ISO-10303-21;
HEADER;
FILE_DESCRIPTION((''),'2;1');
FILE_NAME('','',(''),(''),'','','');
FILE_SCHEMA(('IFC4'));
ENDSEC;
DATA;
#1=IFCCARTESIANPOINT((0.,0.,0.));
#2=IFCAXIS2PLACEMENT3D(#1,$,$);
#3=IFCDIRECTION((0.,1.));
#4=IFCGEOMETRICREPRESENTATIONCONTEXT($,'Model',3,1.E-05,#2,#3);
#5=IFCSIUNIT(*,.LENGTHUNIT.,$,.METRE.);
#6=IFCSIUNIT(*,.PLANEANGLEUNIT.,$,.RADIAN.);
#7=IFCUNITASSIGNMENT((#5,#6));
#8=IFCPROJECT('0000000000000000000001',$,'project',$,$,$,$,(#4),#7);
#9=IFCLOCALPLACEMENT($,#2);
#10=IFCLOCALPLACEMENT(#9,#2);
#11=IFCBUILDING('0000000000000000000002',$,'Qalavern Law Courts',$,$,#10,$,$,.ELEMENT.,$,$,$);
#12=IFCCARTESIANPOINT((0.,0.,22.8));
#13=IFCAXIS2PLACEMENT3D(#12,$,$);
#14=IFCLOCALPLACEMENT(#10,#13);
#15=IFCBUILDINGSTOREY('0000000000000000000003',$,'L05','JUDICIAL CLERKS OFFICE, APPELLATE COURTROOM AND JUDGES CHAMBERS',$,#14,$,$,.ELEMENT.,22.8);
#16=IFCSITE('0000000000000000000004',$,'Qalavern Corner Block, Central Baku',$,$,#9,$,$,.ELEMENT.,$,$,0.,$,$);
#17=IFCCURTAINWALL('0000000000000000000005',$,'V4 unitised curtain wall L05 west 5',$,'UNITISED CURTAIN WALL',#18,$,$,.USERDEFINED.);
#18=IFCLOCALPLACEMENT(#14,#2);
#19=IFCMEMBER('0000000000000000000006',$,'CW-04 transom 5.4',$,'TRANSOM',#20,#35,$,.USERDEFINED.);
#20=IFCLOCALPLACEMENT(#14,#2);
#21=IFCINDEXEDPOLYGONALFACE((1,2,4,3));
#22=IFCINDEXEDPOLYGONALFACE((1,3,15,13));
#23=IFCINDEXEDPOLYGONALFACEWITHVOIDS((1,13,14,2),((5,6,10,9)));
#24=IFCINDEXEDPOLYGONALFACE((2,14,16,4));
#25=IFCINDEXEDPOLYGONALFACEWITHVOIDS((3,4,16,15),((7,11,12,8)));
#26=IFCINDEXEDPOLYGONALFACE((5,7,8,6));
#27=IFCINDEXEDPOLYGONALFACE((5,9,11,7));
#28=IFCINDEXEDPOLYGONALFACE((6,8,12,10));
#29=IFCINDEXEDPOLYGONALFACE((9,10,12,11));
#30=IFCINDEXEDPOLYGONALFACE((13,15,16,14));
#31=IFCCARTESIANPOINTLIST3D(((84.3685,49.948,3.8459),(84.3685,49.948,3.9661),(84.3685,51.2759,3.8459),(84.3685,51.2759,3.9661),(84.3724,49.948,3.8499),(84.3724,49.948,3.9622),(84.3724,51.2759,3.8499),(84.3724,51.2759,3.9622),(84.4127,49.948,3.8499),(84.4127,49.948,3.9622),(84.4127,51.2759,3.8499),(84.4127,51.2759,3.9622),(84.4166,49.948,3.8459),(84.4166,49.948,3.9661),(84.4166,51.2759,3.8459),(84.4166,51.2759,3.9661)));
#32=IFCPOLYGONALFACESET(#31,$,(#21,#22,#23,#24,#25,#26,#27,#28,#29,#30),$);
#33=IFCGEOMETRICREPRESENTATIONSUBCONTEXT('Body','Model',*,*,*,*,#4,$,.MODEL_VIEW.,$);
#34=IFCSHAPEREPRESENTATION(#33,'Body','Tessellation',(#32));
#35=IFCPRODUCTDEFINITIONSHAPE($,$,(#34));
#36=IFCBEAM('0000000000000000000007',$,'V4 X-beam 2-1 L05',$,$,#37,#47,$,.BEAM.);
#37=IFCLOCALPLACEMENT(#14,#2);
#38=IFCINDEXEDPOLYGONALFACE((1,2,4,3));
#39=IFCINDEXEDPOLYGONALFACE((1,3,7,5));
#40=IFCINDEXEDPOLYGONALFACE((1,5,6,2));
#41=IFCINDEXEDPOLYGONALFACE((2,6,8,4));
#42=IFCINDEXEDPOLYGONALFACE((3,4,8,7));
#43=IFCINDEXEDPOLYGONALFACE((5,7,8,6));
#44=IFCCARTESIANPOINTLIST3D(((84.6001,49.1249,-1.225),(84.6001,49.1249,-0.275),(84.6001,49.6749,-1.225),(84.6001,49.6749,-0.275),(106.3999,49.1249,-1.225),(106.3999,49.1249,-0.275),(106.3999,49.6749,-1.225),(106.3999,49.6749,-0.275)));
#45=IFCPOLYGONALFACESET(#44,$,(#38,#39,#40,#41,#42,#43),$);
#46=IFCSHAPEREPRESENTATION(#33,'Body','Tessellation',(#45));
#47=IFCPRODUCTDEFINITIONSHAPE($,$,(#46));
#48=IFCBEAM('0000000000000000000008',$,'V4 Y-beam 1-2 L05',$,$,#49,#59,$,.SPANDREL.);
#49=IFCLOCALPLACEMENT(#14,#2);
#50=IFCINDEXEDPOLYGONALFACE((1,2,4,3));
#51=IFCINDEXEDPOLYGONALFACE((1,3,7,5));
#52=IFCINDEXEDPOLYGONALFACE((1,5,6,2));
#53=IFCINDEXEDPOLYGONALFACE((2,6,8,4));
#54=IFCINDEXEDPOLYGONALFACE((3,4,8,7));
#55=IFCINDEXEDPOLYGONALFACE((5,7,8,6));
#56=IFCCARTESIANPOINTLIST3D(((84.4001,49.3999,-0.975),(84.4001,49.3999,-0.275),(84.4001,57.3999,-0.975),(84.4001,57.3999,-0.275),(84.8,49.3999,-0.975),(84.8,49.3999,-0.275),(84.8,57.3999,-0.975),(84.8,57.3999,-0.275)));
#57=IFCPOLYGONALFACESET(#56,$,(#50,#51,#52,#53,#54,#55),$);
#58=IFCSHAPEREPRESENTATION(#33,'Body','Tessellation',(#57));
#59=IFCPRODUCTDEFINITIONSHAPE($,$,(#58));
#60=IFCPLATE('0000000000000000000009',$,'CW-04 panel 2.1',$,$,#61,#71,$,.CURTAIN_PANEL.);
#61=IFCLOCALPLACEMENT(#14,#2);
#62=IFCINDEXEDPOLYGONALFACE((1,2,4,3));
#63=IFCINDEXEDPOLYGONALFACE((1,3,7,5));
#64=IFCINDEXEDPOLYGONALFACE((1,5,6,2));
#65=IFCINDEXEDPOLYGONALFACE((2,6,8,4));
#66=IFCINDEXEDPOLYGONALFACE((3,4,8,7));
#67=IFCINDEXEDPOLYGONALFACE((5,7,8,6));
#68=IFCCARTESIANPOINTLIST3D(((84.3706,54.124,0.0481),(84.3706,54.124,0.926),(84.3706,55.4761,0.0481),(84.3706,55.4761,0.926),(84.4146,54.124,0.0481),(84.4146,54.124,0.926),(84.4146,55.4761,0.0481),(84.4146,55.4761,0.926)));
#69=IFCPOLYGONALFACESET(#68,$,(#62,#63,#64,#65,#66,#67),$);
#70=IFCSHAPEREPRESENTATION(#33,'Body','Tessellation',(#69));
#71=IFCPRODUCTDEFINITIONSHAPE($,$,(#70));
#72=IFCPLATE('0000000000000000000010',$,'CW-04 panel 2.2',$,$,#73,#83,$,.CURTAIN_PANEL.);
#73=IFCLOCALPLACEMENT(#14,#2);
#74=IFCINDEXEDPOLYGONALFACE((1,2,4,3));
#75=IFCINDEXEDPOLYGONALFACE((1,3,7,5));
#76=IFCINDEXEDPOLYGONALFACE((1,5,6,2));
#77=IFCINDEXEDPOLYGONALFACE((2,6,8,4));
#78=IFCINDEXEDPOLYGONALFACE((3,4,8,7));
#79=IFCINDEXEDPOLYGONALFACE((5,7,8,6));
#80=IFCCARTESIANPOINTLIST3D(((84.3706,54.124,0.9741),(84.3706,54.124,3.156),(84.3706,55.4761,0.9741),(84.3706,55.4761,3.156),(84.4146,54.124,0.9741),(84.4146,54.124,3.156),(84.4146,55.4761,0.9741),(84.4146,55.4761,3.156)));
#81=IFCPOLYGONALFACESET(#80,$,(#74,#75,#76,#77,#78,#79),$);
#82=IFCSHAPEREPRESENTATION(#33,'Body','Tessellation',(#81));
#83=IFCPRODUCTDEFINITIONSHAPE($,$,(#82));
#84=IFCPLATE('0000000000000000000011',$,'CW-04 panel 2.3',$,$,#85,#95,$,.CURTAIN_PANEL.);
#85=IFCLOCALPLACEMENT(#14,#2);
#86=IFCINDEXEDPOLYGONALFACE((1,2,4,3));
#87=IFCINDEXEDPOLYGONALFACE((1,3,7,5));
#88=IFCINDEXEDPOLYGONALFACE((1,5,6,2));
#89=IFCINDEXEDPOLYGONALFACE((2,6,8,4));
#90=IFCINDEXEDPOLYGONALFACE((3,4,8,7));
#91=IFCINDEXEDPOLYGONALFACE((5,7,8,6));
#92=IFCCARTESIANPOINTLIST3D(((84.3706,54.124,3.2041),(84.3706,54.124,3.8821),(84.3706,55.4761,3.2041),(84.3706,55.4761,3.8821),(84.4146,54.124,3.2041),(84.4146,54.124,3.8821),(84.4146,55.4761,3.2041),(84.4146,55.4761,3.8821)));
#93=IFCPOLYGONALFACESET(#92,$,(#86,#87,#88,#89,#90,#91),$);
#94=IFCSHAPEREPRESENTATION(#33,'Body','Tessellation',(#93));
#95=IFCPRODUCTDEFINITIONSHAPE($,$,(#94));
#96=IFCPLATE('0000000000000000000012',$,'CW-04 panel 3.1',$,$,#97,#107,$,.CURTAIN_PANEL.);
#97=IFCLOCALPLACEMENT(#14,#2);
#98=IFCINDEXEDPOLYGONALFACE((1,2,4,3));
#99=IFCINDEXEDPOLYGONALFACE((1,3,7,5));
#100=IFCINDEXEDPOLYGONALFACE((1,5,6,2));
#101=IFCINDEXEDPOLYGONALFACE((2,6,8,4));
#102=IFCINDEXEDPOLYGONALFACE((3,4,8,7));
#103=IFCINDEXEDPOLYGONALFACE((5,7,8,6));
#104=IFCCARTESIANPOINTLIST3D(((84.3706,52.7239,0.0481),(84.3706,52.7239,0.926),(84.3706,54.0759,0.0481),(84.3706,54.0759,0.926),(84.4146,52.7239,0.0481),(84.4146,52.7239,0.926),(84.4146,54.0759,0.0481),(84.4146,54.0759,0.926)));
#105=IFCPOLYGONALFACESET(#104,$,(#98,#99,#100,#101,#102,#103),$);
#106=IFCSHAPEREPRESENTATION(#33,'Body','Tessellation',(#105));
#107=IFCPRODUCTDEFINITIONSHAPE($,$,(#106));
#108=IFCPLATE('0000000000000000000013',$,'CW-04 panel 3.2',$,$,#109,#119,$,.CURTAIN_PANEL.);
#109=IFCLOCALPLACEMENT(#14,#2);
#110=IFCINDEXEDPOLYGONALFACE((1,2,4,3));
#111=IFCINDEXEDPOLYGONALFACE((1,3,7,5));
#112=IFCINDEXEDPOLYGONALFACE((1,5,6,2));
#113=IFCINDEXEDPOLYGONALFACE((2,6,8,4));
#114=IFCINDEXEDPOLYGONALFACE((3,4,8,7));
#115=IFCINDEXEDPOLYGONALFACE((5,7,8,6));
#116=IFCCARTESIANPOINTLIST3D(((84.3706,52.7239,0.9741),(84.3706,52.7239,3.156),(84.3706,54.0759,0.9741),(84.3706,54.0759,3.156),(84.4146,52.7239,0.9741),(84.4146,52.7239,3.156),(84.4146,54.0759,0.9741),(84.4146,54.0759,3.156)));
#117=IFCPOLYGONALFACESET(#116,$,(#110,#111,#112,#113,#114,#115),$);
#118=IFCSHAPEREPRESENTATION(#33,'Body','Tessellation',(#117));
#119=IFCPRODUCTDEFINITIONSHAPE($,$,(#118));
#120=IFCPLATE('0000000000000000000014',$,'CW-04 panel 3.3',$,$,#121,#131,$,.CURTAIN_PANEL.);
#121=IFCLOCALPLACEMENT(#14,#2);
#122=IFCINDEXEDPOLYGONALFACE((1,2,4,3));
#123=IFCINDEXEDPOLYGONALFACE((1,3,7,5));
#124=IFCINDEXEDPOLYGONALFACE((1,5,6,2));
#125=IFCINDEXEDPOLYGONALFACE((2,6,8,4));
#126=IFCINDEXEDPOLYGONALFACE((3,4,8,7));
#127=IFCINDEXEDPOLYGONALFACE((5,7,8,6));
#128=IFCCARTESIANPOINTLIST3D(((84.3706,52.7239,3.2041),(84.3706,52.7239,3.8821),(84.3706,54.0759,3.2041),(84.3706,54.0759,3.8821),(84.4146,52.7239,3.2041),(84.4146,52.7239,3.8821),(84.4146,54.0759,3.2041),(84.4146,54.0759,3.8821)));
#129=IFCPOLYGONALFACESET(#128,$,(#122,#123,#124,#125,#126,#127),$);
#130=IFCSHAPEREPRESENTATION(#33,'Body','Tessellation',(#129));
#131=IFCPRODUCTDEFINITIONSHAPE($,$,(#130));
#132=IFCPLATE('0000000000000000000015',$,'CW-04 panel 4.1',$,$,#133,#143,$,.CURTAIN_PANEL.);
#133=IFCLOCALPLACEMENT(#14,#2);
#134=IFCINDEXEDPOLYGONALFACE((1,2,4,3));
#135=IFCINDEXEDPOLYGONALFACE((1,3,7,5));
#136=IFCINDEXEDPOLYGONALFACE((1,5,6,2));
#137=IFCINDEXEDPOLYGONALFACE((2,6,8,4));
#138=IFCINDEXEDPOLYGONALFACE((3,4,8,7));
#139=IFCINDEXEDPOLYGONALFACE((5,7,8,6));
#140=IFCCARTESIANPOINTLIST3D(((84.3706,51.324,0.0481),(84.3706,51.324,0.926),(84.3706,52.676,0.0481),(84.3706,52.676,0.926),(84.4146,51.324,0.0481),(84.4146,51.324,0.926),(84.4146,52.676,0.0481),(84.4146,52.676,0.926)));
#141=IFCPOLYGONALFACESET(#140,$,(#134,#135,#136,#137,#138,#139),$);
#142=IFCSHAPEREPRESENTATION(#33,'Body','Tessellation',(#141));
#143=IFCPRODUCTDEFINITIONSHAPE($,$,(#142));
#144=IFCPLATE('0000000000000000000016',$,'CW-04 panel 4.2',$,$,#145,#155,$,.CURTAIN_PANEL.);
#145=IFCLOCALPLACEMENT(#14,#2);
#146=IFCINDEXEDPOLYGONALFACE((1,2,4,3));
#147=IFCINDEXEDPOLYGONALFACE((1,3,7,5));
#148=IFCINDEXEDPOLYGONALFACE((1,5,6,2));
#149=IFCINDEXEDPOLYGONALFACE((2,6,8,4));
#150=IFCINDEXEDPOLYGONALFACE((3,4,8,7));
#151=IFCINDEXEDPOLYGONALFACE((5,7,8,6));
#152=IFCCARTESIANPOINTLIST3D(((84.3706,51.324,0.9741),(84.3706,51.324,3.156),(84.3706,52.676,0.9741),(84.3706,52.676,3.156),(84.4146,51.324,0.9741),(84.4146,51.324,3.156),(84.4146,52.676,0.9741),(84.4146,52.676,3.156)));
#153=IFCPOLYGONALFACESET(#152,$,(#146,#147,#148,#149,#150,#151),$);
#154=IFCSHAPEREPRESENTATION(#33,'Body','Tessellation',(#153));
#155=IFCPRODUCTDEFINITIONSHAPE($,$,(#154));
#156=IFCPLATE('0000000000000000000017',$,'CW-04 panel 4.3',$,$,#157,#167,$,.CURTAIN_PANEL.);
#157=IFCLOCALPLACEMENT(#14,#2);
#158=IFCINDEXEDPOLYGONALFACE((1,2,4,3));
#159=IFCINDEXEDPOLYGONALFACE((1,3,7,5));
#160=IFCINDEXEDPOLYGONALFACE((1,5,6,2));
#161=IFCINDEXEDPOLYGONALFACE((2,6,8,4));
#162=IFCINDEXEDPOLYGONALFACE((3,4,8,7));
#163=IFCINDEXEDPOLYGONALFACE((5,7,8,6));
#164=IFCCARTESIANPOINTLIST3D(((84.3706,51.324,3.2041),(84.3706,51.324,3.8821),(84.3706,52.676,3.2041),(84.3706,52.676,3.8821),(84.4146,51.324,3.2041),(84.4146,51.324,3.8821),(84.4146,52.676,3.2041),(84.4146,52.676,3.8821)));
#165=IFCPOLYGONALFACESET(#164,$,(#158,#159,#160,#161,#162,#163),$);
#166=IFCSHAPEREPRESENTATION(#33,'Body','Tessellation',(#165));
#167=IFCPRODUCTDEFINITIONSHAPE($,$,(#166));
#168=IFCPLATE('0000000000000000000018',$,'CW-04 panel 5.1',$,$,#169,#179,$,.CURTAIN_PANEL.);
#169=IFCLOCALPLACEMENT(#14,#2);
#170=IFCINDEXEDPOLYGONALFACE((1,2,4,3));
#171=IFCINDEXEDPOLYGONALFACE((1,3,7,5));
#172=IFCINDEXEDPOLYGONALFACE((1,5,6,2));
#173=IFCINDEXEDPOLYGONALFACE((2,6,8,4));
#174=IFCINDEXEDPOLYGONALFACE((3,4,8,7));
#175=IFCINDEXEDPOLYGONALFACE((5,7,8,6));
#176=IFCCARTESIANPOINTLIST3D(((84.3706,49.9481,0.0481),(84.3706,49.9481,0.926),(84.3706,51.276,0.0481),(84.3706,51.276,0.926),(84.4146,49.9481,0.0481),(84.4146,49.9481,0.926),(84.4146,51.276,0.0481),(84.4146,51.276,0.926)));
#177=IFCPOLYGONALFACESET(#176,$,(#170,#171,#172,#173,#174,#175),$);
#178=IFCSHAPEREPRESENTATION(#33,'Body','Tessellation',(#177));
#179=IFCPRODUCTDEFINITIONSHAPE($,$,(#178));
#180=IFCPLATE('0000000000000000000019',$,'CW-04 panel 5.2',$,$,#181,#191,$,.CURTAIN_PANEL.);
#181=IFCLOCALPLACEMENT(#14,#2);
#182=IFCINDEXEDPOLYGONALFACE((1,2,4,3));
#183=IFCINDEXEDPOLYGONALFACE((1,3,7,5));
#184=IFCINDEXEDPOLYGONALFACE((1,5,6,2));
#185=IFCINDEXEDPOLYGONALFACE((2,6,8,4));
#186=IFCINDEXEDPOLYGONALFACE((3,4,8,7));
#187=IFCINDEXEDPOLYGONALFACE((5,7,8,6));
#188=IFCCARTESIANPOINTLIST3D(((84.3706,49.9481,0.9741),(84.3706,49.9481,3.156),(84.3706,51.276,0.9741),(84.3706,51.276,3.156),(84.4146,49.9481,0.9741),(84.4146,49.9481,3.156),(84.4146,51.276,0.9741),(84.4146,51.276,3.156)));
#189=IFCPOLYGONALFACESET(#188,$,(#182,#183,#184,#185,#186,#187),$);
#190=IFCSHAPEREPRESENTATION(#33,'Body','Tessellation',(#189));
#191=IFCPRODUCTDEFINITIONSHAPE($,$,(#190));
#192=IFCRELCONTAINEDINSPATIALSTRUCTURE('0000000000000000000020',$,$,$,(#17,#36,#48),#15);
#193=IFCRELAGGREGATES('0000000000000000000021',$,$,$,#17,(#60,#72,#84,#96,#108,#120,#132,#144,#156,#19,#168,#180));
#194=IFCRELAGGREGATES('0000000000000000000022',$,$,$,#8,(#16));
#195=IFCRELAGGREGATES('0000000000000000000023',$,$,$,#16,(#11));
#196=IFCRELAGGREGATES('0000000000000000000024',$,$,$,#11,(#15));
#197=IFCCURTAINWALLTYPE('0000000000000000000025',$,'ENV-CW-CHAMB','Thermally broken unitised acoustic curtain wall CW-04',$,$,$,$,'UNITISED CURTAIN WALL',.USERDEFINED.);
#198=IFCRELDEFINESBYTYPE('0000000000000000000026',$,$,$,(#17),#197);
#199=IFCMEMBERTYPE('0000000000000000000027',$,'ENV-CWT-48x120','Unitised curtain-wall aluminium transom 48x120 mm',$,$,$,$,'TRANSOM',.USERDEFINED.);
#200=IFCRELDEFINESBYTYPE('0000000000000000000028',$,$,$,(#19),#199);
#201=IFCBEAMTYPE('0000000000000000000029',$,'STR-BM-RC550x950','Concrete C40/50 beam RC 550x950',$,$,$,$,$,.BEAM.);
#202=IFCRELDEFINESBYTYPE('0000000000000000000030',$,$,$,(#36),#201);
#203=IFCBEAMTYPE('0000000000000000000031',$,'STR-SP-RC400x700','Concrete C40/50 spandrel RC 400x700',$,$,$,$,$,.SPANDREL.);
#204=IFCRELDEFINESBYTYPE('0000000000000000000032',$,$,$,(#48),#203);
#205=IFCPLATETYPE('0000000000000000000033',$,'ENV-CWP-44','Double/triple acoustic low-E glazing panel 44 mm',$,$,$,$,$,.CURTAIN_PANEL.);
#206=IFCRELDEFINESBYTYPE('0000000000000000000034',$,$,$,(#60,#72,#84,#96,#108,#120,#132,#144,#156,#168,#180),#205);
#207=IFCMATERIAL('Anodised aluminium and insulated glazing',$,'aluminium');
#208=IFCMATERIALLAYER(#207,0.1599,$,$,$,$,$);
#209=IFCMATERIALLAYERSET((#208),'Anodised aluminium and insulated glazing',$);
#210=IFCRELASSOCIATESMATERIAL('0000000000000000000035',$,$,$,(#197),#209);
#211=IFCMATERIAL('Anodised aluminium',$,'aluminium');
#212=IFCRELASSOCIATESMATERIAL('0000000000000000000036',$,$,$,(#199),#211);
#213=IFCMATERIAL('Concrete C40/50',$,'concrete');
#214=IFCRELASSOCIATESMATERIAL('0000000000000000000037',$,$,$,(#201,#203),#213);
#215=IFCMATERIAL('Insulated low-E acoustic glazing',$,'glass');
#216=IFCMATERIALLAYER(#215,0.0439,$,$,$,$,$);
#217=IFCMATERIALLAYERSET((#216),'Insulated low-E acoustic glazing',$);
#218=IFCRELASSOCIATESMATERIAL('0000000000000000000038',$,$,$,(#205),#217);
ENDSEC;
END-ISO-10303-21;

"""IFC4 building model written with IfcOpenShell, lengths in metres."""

from ifc_helpers import new_model, si_unit, direction, frame, origin, origin_2d, place, context, subcontext, project, spatial, rectangle, hollow_rectangle, extrude, material, layer, layer_set, material_profile, profile_set, type_object, element, aggregate, save


model = new_model("IFC4")

# Units and contexts
model_context = context("Model", 3, precision=1e-05, world=origin(), true_north=direction((0.0, 1.0)))
body_context = subcontext(model_context, "Body", "Model", "MODEL_VIEW")
ifc_project = project(units=[si_unit("LENGTHUNIT", "METRE"), si_unit("PLANEANGLEUNIT", "RADIAN")], contexts=[model_context])

# Site, building, storey
site_placement = place(None, origin())
site = spatial("IfcSite", under=ifc_project, at=site_placement, Name="Qalavern Corner Block, Central Baku", CompositionType="ELEMENT", RefElevation=0.0)
building_placement = place(site_placement, origin())
building = spatial("IfcBuilding", under=site, at=building_placement, Name="Qalavern Law Courts", CompositionType="ELEMENT")
storey_placement = place(building_placement, frame((0.0, 0.0, 22.8)))
storey = spatial("IfcBuildingStorey", under=building, at=storey_placement, Name="L05", Description="JUDICIAL CLERKS OFFICE, APPELLATE COURTROOM AND JUDGES CHAMBERS", CompositionType="ELEMENT", Elevation=22.8)

# Curtain wall
ifc_material_1 = material(Name="Anodised aluminium and insulated glazing", Category="aluminium")
ifc_layer_1 = layer(ifc_material_1, 0.1599)
ifc_layer_set_1 = layer_set([ifc_layer_1], Name="Anodised aluminium and insulated glazing")
curtain_wall_type = type_object("IfcCurtainWallType", Name="ENV-CW-CHAMB", Description="Thermally broken unitised acoustic curtain wall CW-04", ElementType="UNITISED CURTAIN WALL", PredefinedType="USERDEFINED", material=ifc_layer_set_1)
curtain_wall_1_placement = place(storey_placement, origin())
curtain_wall_1 = element("IfcCurtainWall", 1, at=curtain_wall_1_placement, inside=storey, type_object=curtain_wall_type, Name="V4 unitised curtain wall L05 west 5", ObjectType="UNITISED CURTAIN WALL", PredefinedType="USERDEFINED")
ifc_material_2 = material(Name="Anodised aluminium", Category="aluminium")

# Member
ifc_material_profile_1 = material_profile(ifc_material_2, hollow_rectangle(XDim=0.0481, YDim=0.1201, WallThickness=0.0039, at=origin_2d()), Name="ALU TRANSOM 48x120")
ifc_profile_set_1 = profile_set([ifc_material_profile_1], Name="Anodised aluminium")
member_type_1 = type_object("IfcMemberType", Name="ENV-CWT-48x120", Description="Unitised curtain-wall aluminium transom 48x120 mm", ElementType="TRANSOM", PredefinedType="USERDEFINED", material=ifc_profile_set_1)
member_1_placement = place(storey_placement, frame((84.3926, 51.2759, 3.906), z_axis=(0.0, -1.0, 0.0), x_axis=(1.0, 0.0, 0.0)))
member_1 = element("IfcMember", 2, at=member_1_placement, type_object=member_type_1, Name="CW-04 transom 5.4", ObjectType="TRANSOM", PredefinedType="USERDEFINED", context=body_context, shape_type="SweptSolid", body=[
    extrude(hollow_rectangle(XDim=0.0481, YDim=0.1201, WallThickness=0.0039, at=origin_2d()), origin(), (0.0, 0.0, 1.0), 1.3279),
])

# Beams
ifc_material_3 = material(Name="Concrete C40/50", Category="concrete")
ifc_material_profile_2 = material_profile(ifc_material_3, rectangle(XDim=0.55, YDim=0.95, at=origin_2d()), Name="RC 550x950")
ifc_profile_set_2 = profile_set([ifc_material_profile_2], Name="Concrete C40/50")
beam_type_1 = type_object("IfcBeamType", Name="STR-BM-RC550x950", Description="Concrete C40/50 beam RC 550x950", PredefinedType="BEAM", material=ifc_profile_set_2)
beam_1_placement = place(storey_placement, frame((84.6001, 49.3999, -0.75), z_axis=(1.0, 0.0, 0.0), x_axis=(0.0, 1.0, 0.0)))
element("IfcBeam", 3, at=beam_1_placement, inside=storey, type_object=beam_type_1, Name="V4 X-beam 2-1 L05", PredefinedType="BEAM", context=body_context, shape_type="SweptSolid", body=[
    extrude(rectangle(XDim=0.55, YDim=0.95, at=origin_2d()), origin(), (0.0, 0.0, 1.0), 21.7998),
])
ifc_material_profile_3 = material_profile(ifc_material_3, rectangle(XDim=0.3999, YDim=0.7, at=origin_2d()), Name="RC 400x700")
ifc_profile_set_3 = profile_set([ifc_material_profile_3], Name="Concrete C40/50")
beam_type_2 = type_object("IfcBeamType", Name="STR-SP-RC400x700", Description="Concrete C40/50 spandrel RC 400x700", PredefinedType="SPANDREL", material=ifc_profile_set_3)
beam_2_placement = place(storey_placement, frame((84.6001, 49.3999, -0.625), z_axis=(0.0, 1.0, 0.0), x_axis=(-1.0, 0.0, 0.0)))
element("IfcBeam", 4, at=beam_2_placement, inside=storey, type_object=beam_type_2, Name="V4 Y-beam 1-2 L05", PredefinedType="SPANDREL", context=body_context, shape_type="SweptSolid", body=[
    extrude(rectangle(XDim=0.3999, YDim=0.7, at=origin_2d()), origin(), (0.0, 0.0, 1.0), 8.0),
])

# Plates
ifc_material_4 = material(Name="Insulated low-E acoustic glazing", Category="glass")
ifc_layer_2 = layer(ifc_material_4, 0.0439)
ifc_layer_set_2 = layer_set([ifc_layer_2], Name="Insulated low-E acoustic glazing")
plate_type = type_object("IfcPlateType", Name="ENV-CWP-44", Description="Double/triple acoustic low-E glazing panel 44 mm", PredefinedType="CURTAIN_PANEL", material=ifc_layer_set_2)
plate_1_placement = place(storey_placement, frame((84.3926, 54.8, 0.0481), z_axis=(0.0, 0.0, 1.0), x_axis=(0.0, -1.0, 0.0)))
plate_1 = element("IfcPlate", 5, at=plate_1_placement, type_object=plate_type, Name="CW-04 panel 2.1", PredefinedType="CURTAIN_PANEL", context=body_context, shape_type="SweptSolid", body=[
    extrude(rectangle(XDim=1.3521, YDim=0.0439, at=origin_2d()), origin(), (0.0, 0.0, 1.0), 0.8779),
])
plate_2_placement = place(storey_placement, frame((84.3926, 54.8, 0.9741), z_axis=(0.0, 0.0, 1.0), x_axis=(0.0, -1.0, 0.0)))
plate_2 = element("IfcPlate", 6, at=plate_2_placement, type_object=plate_type, Name="CW-04 panel 2.2", PredefinedType="CURTAIN_PANEL", context=body_context, shape_type="SweptSolid", body=[
    extrude(rectangle(XDim=1.3521, YDim=0.0439, at=origin_2d()), origin(), (0.0, 0.0, 1.0), 2.1819),
])
plate_3_placement = place(storey_placement, frame((84.3926, 54.8, 3.2041), z_axis=(0.0, 0.0, 1.0), x_axis=(0.0, -1.0, 0.0)))
plate_3 = element("IfcPlate", 7, at=plate_3_placement, type_object=plate_type, Name="CW-04 panel 2.3", PredefinedType="CURTAIN_PANEL", context=body_context, shape_type="SweptSolid", body=[
    extrude(rectangle(XDim=1.3521, YDim=0.0439, at=origin_2d()), origin(), (0.0, 0.0, 1.0), 0.678),
])
plate_4_placement = place(storey_placement, frame((84.3926, 53.3999, 0.0481), z_axis=(0.0, 0.0, 1.0), x_axis=(0.0, -1.0, 0.0)))
plate_4 = element("IfcPlate", 8, at=plate_4_placement, type_object=plate_type, Name="CW-04 panel 3.1", PredefinedType="CURTAIN_PANEL", context=body_context, shape_type="SweptSolid", body=[
    extrude(rectangle(XDim=1.3521, YDim=0.0439, at=origin_2d()), origin(), (0.0, 0.0, 1.0), 0.8779),
])
plate_5_placement = place(storey_placement, frame((84.3926, 53.3999, 0.9741), z_axis=(0.0, 0.0, 1.0), x_axis=(0.0, -1.0, 0.0)))
plate_5 = element("IfcPlate", 9, at=plate_5_placement, type_object=plate_type, Name="CW-04 panel 3.2", PredefinedType="CURTAIN_PANEL", context=body_context, shape_type="SweptSolid", body=[
    extrude(rectangle(XDim=1.3521, YDim=0.0439, at=origin_2d()), origin(), (0.0, 0.0, 1.0), 2.1819),
])
plate_6_placement = place(storey_placement, frame((84.3926, 53.3999, 3.2041), z_axis=(0.0, 0.0, 1.0), x_axis=(0.0, -1.0, 0.0)))
plate_6 = element("IfcPlate", 10, at=plate_6_placement, type_object=plate_type, Name="CW-04 panel 3.3", PredefinedType="CURTAIN_PANEL", context=body_context, shape_type="SweptSolid", body=[
    extrude(rectangle(XDim=1.3521, YDim=0.0439, at=origin_2d()), origin(), (0.0, 0.0, 1.0), 0.678),
])
plate_7_placement = place(storey_placement, frame((84.3926, 52.0, 0.0481), z_axis=(0.0, 0.0, 1.0), x_axis=(0.0, -1.0, 0.0)))
plate_7 = element("IfcPlate", 11, at=plate_7_placement, type_object=plate_type, Name="CW-04 panel 4.1", PredefinedType="CURTAIN_PANEL", context=body_context, shape_type="SweptSolid", body=[
    extrude(rectangle(XDim=1.3521, YDim=0.0439, at=origin_2d()), origin(), (0.0, 0.0, 1.0), 0.8779),
])
plate_8_placement = place(storey_placement, frame((84.3926, 52.0, 0.9741), z_axis=(0.0, 0.0, 1.0), x_axis=(0.0, -1.0, 0.0)))
plate_8 = element("IfcPlate", 12, at=plate_8_placement, type_object=plate_type, Name="CW-04 panel 4.2", PredefinedType="CURTAIN_PANEL", context=body_context, shape_type="SweptSolid", body=[
    extrude(rectangle(XDim=1.3521, YDim=0.0439, at=origin_2d()), origin(), (0.0, 0.0, 1.0), 2.1819),
])
plate_9_placement = place(storey_placement, frame((84.3926, 52.0, 3.2041), z_axis=(0.0, 0.0, 1.0), x_axis=(0.0, -1.0, 0.0)))
plate_9 = element("IfcPlate", 13, at=plate_9_placement, type_object=plate_type, Name="CW-04 panel 4.3", PredefinedType="CURTAIN_PANEL", context=body_context, shape_type="SweptSolid", body=[
    extrude(rectangle(XDim=1.3521, YDim=0.0439, at=origin_2d()), origin(), (0.0, 0.0, 1.0), 0.678),
])
plate_10_placement = place(storey_placement, frame((84.3926, 50.6121, 0.0481), z_axis=(0.0, 0.0, 1.0), x_axis=(0.0, -1.0, 0.0)))
plate_10 = element("IfcPlate", 14, at=plate_10_placement, type_object=plate_type, Name="CW-04 panel 5.1", PredefinedType="CURTAIN_PANEL", context=body_context, shape_type="SweptSolid", body=[
    extrude(rectangle(XDim=1.3279, YDim=0.0439, at=origin_2d()), origin(), (0.0, 0.0, 1.0), 0.8779),
])
plate_11_placement = place(storey_placement, frame((84.3926, 50.6121, 0.9741), z_axis=(0.0, 0.0, 1.0), x_axis=(0.0, -1.0, 0.0)))
plate_11 = element("IfcPlate", 15, at=plate_11_placement, type_object=plate_type, Name="CW-04 panel 5.2", PredefinedType="CURTAIN_PANEL", context=body_context, shape_type="SweptSolid", body=[
    extrude(rectangle(XDim=1.3279, YDim=0.0439, at=origin_2d()), origin(), (0.0, 0.0, 1.0), 2.1819),
])
aggregate(curtain_wall_1, [plate_1, plate_2, plate_3, plate_4, plate_5, plate_6, plate_7, plate_8, plate_9, member_1, plate_10, plate_11])

save(model, "model.ifc")
